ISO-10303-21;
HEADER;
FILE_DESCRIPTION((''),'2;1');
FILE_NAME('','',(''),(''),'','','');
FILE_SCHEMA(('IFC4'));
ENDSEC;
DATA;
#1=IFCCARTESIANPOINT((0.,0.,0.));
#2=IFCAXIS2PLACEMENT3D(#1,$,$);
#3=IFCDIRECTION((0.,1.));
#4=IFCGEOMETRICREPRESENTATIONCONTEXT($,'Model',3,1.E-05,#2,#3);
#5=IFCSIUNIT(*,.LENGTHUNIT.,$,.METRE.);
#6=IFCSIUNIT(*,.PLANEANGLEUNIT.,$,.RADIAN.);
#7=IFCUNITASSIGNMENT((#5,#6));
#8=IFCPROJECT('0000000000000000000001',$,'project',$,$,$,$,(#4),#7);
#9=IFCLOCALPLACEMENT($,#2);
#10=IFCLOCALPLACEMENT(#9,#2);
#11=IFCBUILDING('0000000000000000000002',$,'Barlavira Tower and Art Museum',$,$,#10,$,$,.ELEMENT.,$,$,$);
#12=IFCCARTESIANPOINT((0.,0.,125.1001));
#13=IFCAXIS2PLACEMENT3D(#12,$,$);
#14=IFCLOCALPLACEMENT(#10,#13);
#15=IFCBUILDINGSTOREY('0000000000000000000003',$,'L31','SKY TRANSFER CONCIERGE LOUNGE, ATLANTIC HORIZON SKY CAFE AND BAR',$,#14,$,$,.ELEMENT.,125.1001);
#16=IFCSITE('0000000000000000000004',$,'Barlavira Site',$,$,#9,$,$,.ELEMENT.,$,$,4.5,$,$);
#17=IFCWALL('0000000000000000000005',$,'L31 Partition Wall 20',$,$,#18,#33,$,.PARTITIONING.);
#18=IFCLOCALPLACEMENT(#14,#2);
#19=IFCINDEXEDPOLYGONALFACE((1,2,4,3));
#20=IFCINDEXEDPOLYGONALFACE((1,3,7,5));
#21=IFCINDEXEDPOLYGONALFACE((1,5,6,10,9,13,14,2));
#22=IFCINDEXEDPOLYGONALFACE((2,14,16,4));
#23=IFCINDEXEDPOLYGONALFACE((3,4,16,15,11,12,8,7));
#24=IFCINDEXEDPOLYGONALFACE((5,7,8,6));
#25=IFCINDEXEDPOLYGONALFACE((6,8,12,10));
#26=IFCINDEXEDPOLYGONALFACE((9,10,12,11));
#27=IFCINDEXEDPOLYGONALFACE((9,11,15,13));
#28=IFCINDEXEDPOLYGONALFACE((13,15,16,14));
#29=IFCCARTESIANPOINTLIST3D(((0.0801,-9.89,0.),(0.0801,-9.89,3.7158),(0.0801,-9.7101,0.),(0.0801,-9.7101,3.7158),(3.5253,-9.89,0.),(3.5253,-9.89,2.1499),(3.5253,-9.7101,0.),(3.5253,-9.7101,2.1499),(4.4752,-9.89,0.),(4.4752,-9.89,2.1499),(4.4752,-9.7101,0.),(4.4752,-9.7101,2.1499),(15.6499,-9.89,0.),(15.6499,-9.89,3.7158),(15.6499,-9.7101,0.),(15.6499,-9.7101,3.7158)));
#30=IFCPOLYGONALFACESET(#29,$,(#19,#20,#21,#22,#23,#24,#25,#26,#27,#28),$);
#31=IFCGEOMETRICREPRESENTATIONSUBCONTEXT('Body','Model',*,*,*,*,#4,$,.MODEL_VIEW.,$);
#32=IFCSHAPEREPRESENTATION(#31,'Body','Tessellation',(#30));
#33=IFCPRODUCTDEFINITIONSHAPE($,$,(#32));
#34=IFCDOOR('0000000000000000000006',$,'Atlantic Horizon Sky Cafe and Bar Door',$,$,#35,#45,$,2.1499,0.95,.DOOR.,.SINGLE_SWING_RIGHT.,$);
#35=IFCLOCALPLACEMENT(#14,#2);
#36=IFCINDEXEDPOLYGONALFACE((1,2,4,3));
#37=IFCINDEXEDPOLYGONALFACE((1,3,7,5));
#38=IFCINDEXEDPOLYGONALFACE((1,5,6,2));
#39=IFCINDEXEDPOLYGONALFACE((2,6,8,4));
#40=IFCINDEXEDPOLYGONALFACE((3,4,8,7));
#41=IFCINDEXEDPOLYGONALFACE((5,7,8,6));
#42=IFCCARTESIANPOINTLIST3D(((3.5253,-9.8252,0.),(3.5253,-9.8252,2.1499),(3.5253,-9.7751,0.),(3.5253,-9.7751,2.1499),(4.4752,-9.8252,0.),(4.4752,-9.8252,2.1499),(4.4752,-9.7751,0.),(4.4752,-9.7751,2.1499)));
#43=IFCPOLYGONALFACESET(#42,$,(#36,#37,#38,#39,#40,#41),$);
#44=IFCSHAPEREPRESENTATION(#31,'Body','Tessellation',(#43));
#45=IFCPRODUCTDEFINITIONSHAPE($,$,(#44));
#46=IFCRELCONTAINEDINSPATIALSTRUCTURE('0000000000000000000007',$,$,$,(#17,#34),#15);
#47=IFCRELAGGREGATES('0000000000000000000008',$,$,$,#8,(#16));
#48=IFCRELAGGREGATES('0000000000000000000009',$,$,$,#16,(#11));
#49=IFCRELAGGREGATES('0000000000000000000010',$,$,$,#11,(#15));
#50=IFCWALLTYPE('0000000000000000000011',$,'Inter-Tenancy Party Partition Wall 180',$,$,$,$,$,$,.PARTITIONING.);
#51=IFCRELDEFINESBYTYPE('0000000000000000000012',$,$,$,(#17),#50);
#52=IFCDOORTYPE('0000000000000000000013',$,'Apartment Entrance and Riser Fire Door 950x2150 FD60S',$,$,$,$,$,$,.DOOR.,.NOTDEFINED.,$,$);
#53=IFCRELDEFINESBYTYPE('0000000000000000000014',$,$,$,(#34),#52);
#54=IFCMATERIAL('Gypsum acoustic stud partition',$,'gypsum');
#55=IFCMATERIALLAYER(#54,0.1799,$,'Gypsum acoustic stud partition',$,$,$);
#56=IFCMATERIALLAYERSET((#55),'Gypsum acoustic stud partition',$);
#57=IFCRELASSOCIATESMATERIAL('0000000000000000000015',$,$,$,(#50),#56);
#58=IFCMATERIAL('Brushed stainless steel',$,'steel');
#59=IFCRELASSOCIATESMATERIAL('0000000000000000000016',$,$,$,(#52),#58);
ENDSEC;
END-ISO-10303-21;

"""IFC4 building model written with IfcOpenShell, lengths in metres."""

from ifc_helpers import new_model, si_unit, direction, frame, frame_2d, origin, place, context, subcontext, project, spatial, rectangle, extrude, material, layer, layer_set, type_object, element, fill, save


model = new_model("IFC4")

# Units and contexts
model_context = context("Model", 3, precision=1e-05, world=origin(), true_north=direction((0.0, 1.0)))
body_context = subcontext(model_context, "Body", "Model", "MODEL_VIEW")
ifc_project = project(units=[si_unit("LENGTHUNIT", "METRE"), si_unit("PLANEANGLEUNIT", "RADIAN")], contexts=[model_context])

# Site, building, storey
site_placement = place(None, origin())
site = spatial("IfcSite", under=ifc_project, at=site_placement, Name="Barlavira Site", CompositionType="ELEMENT", RefElevation=4.5)
building_placement = place(site_placement, origin())
building = spatial("IfcBuilding", under=site, at=building_placement, Name="Barlavira Tower and Art Museum", CompositionType="ELEMENT")
storey_placement = place(building_placement, frame((0.0, 0.0, 125.1001)))
storey = spatial("IfcBuildingStorey", under=building, at=storey_placement, Name="L31", Description="SKY TRANSFER CONCIERGE LOUNGE, ATLANTIC HORIZON SKY CAFE AND BAR", CompositionType="ELEMENT", Elevation=125.1001)

# Shared definitions
ifc_material_1 = material(Name="Gypsum acoustic stud partition", Category="gypsum")
ifc_layer_1 = layer(ifc_material_1, 0.1799, Name="Gypsum acoustic stud partition")
ifc_layer_set_1 = layer_set([ifc_layer_1], Name="Gypsum acoustic stud partition")
wall_type_1 = type_object("IfcWallType", Name="Inter-Tenancy Party Partition Wall 180", PredefinedType="PARTITIONING", material=ifc_layer_set_1)

# Wall, opening, door
wall_1_placement = place(storey_placement, frame((0.0801, -9.8, 0.0), z_axis=(0.0, 0.0, 1.0), x_axis=(1.0, 0.0, 0.0)))
wall_1 = element("IfcWall", 1, at=wall_1_placement, inside=storey, type_object=wall_type_1, Name="L31 Partition Wall 20", PredefinedType="PARTITIONING", context=body_context, shape_type="SweptSolid", body=[
    extrude(rectangle(XDim=15.5698, YDim=0.1799, at=frame_2d((7.7849, 0.0))), origin(), (0.0, 0.0, 1.0), 3.7158),
])
opening_placement = place(wall_1_placement, frame((3.4451, 0.0, 0.0)))
opening = element("IfcOpeningElement", 2, at=opening_placement, cuts=wall_1, PredefinedType="OPENING", context=body_context, shape_type="SweptSolid", body=[
    extrude(rectangle(XDim=0.95, YDim=2.1499, at=frame_2d((0.4751, 1.075))), frame((0.0, 0.1001, 0.0), z_axis=(0.0, -1.0, 0.0), x_axis=(1.0, 0.0, 0.0)), (0.0, 0.0, 1.0), 0.2),
])
ifc_material_2 = material(Name="Brushed stainless steel", Category="steel")
door_type = type_object("IfcDoorType", Name="Apartment Entrance and Riser Fire Door 950x2150 FD60S", OperationType="NOTDEFINED", PredefinedType="DOOR", material=ifc_material_2)
door_placement = place(opening_placement, origin())
door = element("IfcDoor", 3, at=door_placement, inside=storey, type_object=door_type, Name="Atlantic Horizon Sky Cafe and Bar Door", OperationType="SINGLE_SWING_RIGHT", OverallHeight=2.1499, OverallWidth=0.95, PredefinedType="DOOR", context=body_context, shape_type="SweptSolid", body=[
    extrude(rectangle(XDim=0.95, YDim=2.1499, at=frame_2d((0.4751, 1.075))), frame((0.0, 0.0249, 0.0), z_axis=(0.0, -1.0, 0.0), x_axis=(1.0, 0.0, 0.0)), (0.0, 0.0, 1.0), 0.05),
])
fill(opening, door)

save(model, "model.ifc")
